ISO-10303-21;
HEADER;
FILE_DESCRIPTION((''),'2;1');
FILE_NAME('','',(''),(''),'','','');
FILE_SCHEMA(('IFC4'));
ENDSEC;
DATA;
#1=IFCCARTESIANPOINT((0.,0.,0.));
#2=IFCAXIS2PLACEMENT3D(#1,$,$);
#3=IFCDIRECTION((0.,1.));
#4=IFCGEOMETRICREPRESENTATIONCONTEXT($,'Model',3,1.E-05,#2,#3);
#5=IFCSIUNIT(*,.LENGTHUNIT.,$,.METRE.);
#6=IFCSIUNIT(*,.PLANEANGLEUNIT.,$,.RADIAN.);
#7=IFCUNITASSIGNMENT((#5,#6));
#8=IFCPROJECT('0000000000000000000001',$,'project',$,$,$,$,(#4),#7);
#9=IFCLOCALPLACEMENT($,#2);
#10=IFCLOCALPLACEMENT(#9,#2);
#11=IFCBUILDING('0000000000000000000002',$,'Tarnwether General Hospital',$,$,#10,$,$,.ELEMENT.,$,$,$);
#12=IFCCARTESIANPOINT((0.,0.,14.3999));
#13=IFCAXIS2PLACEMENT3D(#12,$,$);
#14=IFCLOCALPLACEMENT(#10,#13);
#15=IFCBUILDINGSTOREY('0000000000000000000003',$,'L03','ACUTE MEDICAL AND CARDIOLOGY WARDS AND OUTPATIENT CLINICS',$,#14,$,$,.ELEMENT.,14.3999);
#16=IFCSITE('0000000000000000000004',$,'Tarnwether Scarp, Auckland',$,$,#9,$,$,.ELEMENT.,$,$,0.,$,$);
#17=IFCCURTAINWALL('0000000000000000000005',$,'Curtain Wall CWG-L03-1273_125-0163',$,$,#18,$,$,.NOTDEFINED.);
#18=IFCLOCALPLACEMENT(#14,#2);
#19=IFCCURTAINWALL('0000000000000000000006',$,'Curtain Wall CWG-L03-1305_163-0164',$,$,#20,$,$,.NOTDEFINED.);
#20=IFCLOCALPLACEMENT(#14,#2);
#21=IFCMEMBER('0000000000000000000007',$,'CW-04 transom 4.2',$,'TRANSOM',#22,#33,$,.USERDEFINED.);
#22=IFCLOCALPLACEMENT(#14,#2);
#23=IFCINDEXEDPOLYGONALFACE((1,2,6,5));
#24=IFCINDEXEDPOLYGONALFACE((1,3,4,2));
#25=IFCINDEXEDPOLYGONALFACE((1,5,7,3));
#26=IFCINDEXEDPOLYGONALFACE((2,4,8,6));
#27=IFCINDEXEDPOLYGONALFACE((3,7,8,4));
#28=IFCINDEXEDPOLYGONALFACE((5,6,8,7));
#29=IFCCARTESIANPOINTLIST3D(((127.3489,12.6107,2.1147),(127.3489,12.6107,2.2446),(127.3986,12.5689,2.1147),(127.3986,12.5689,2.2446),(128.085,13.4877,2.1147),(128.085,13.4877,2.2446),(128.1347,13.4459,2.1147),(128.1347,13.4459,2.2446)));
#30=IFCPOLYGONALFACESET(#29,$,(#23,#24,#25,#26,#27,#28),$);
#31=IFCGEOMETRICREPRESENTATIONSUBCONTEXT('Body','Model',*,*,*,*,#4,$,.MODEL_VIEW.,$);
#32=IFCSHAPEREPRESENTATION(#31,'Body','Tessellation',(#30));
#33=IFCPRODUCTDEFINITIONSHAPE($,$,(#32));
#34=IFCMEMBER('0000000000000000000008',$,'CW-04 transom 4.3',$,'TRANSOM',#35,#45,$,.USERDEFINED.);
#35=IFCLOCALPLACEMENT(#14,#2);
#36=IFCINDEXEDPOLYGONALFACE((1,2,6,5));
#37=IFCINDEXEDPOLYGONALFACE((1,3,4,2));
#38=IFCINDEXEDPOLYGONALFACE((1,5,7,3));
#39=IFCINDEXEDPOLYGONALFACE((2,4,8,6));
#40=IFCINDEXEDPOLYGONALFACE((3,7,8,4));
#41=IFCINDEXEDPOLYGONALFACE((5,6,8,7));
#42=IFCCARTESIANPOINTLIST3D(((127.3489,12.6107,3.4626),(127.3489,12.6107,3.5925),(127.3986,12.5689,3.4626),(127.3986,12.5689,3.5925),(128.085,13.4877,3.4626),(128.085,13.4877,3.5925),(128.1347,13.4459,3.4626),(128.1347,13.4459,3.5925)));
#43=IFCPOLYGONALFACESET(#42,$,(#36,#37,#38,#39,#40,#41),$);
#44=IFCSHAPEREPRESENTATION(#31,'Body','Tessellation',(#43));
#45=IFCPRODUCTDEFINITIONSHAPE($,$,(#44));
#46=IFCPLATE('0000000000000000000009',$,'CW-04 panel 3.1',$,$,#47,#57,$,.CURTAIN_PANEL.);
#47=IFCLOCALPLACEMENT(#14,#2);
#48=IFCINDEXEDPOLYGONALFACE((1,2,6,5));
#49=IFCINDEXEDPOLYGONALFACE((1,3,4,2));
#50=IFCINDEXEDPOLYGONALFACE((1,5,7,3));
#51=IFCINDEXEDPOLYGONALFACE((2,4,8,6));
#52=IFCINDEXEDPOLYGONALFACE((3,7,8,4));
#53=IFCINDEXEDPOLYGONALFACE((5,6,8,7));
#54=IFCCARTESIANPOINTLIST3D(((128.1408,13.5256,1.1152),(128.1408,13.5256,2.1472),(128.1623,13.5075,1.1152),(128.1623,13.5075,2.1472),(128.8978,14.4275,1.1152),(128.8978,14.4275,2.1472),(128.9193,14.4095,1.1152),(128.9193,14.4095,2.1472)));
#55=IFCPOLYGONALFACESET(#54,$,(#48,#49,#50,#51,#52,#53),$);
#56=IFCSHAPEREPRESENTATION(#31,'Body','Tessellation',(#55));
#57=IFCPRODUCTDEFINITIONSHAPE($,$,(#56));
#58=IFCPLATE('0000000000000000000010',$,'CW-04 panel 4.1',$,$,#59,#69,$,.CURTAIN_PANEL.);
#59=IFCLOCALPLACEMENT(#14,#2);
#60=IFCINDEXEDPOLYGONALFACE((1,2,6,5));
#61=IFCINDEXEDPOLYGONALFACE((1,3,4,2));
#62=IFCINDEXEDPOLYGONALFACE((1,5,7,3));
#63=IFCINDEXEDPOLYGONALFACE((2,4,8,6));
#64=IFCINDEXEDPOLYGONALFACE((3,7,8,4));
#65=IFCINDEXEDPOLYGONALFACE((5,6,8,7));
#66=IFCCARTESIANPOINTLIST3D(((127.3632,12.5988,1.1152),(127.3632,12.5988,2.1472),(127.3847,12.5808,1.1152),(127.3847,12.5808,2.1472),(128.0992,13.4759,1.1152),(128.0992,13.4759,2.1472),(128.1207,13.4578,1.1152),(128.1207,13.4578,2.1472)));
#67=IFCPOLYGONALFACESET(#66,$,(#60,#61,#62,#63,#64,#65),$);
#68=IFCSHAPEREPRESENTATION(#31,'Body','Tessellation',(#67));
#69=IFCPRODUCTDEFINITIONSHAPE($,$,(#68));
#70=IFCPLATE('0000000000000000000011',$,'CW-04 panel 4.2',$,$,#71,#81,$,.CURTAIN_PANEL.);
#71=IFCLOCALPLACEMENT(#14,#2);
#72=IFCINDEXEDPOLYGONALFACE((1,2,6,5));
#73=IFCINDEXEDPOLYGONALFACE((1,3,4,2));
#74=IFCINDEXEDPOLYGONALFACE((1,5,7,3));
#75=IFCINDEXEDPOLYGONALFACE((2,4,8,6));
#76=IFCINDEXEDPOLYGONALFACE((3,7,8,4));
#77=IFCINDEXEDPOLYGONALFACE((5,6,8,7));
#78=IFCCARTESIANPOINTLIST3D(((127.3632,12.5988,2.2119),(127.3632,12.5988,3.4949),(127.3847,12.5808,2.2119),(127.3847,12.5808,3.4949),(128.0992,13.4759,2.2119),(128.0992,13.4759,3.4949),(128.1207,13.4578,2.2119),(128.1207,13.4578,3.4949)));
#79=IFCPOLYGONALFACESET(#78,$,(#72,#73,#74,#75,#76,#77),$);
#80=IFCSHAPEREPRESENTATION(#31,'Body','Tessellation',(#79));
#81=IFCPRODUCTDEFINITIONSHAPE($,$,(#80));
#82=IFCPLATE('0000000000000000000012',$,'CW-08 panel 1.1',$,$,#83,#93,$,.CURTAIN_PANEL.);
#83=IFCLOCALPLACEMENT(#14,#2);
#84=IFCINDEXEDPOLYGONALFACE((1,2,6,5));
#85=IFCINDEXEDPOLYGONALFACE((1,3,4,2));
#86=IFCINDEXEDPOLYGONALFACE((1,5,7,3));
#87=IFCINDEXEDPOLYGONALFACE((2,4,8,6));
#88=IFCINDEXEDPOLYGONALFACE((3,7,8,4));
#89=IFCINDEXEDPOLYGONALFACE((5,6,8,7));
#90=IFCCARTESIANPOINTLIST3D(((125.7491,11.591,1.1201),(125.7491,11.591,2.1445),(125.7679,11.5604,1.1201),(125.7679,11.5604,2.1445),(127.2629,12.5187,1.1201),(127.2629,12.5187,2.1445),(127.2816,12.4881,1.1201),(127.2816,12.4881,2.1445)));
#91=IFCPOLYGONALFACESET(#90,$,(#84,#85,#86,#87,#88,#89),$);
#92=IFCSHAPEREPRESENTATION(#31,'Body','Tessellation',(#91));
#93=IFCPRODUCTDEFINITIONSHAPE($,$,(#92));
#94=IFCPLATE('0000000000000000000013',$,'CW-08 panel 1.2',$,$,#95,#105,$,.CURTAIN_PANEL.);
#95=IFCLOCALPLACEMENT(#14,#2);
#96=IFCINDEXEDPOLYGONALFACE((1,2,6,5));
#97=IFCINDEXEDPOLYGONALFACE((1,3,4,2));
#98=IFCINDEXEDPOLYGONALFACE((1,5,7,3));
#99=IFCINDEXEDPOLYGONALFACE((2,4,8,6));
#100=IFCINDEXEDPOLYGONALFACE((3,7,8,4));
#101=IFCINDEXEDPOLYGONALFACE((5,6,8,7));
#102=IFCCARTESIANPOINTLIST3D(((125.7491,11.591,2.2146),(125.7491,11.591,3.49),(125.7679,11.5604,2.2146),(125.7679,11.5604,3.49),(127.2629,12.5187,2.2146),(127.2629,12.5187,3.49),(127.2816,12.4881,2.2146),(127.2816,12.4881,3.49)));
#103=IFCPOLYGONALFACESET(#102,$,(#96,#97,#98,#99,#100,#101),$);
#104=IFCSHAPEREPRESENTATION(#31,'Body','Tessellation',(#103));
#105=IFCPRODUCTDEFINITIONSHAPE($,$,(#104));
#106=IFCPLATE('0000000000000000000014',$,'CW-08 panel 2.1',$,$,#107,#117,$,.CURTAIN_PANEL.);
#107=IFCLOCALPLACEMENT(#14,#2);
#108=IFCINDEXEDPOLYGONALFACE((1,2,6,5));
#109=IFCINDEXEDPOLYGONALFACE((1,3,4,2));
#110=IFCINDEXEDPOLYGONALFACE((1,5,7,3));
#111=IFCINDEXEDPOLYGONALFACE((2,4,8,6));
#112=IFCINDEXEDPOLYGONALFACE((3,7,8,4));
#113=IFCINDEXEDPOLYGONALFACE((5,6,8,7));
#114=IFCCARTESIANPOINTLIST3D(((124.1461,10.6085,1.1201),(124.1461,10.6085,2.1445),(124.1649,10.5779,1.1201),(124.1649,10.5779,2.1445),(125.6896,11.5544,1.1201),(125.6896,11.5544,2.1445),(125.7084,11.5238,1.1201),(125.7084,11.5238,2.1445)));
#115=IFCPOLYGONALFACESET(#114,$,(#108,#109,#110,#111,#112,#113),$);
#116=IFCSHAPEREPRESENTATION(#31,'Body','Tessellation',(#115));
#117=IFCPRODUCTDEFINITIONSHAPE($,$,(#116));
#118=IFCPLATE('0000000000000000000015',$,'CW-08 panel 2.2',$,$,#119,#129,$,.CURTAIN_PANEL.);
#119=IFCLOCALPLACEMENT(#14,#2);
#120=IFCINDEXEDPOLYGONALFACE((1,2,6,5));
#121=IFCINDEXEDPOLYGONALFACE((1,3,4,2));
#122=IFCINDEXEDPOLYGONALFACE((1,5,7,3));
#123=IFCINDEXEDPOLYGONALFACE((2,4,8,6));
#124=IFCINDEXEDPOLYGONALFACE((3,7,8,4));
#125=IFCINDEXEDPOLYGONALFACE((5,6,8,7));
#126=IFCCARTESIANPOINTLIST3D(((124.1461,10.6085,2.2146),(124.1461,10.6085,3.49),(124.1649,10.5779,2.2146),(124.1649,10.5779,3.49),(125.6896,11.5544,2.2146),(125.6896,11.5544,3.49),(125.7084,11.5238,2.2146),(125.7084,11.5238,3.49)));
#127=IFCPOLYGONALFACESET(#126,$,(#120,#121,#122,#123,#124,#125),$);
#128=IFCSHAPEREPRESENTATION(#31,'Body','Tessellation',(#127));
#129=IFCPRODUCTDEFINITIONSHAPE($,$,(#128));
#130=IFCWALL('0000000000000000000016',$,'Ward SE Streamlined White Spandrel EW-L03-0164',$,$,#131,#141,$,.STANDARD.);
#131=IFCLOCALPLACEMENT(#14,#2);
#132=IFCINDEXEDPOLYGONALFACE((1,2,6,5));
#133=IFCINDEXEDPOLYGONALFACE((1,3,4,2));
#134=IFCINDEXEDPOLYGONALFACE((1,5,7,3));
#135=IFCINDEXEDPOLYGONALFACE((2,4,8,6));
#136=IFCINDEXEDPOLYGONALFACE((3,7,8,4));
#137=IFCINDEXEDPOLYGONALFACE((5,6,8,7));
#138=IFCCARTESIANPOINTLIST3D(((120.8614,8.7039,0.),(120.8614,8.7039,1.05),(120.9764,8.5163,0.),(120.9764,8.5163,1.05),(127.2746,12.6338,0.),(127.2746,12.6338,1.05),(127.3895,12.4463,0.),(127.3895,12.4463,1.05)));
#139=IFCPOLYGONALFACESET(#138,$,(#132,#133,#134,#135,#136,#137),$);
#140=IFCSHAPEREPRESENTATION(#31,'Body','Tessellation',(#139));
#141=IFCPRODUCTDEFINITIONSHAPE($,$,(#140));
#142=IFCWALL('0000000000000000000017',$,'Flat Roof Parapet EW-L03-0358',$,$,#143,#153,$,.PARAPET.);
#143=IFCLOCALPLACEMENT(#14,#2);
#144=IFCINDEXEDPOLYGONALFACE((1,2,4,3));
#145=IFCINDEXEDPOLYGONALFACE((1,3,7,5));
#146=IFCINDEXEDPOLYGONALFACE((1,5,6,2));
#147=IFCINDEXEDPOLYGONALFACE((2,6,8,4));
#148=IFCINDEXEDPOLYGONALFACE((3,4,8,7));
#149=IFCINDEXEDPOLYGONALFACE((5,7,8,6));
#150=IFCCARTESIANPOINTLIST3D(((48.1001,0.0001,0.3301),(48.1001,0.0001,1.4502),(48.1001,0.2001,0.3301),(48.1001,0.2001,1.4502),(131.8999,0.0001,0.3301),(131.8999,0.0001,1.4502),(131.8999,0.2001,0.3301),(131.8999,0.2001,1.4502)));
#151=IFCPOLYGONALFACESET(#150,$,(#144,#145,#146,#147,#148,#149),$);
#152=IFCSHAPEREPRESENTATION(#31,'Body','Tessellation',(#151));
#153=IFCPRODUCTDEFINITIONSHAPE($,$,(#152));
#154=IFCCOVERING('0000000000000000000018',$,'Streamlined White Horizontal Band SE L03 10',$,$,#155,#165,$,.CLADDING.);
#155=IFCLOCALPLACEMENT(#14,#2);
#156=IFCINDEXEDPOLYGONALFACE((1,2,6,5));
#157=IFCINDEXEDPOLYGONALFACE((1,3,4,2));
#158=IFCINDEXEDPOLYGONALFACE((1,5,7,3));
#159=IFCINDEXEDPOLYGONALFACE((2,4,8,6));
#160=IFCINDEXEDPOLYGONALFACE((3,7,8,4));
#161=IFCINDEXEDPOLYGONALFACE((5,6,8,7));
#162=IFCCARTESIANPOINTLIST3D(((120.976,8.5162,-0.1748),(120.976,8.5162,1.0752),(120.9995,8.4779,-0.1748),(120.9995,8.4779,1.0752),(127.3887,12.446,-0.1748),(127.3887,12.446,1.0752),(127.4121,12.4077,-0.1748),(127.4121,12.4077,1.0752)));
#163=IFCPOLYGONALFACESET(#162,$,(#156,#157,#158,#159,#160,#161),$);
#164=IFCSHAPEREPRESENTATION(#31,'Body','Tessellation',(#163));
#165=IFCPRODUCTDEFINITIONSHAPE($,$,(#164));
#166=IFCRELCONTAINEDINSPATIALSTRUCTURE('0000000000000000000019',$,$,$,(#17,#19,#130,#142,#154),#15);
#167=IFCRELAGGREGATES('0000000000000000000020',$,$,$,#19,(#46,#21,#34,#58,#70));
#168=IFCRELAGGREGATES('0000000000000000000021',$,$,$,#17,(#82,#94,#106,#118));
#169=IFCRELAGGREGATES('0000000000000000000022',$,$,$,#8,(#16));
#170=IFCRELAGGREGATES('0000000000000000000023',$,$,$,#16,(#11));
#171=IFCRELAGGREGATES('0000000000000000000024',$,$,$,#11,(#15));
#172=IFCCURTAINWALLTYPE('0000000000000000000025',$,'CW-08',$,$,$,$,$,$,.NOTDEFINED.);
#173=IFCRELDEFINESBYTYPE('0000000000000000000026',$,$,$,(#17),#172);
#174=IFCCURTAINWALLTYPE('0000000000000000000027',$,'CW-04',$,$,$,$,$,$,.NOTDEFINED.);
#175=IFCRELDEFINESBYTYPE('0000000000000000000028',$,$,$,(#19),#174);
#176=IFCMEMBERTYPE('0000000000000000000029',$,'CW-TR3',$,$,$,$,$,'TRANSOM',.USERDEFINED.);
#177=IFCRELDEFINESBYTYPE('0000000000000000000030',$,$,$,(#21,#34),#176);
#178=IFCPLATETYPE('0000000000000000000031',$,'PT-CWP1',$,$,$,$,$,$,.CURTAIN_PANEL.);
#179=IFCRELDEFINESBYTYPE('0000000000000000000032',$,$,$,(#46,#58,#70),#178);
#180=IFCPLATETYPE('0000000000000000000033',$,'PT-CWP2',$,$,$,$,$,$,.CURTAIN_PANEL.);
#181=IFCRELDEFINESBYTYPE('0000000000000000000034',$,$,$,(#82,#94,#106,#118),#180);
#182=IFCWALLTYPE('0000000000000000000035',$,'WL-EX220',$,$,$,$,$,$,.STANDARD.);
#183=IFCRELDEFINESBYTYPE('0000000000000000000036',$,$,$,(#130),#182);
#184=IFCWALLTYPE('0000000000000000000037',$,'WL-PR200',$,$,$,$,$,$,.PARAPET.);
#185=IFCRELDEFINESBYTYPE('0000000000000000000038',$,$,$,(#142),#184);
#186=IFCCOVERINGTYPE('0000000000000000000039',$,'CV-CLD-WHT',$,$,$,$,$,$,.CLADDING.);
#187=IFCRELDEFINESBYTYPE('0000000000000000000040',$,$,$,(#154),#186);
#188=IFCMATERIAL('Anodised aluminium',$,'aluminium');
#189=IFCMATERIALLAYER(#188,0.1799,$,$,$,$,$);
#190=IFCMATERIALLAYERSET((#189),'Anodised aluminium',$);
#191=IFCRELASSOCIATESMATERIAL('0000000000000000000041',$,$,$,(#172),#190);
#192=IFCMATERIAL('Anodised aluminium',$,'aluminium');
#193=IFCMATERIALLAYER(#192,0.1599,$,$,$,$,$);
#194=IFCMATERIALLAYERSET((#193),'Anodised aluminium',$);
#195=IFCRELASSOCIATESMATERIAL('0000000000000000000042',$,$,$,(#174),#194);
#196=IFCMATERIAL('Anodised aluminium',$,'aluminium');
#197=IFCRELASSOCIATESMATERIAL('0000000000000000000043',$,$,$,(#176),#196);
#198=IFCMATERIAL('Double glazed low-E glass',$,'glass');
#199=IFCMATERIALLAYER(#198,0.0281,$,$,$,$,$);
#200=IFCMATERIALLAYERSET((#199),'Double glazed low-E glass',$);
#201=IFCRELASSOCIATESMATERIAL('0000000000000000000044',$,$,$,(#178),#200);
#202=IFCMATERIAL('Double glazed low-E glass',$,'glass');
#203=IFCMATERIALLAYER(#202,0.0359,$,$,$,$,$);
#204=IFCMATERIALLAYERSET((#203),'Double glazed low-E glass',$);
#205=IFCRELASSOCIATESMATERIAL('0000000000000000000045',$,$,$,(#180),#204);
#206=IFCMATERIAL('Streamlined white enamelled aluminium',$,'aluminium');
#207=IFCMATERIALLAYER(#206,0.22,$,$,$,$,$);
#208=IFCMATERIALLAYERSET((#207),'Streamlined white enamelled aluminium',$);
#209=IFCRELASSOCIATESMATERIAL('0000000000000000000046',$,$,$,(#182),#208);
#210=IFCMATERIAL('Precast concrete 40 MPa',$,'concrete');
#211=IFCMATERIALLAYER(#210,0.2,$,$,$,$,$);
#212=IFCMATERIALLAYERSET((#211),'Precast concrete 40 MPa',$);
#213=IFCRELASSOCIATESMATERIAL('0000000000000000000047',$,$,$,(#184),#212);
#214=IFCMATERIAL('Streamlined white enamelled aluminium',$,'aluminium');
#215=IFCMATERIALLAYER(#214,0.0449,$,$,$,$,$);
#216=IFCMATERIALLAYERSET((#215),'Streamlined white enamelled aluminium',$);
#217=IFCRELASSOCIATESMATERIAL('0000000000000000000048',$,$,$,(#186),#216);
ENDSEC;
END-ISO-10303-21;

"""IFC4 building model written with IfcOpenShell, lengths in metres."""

from ifc_helpers import new_model, si_unit, direction, frame, frame_2d, origin, origin_2d, place, context, subcontext, project, spatial, rectangle, extrude, material, layer, layer_set, material_profile, profile_set, type_object, element, aggregate, save


model = new_model("IFC4")

# Units and contexts
model_context = context("Model", 3, precision=1e-05, world=origin(), true_north=direction((0.0, 1.0)))
body_context = subcontext(model_context, "Body", "Model", "MODEL_VIEW")
ifc_project = project(units=[si_unit("LENGTHUNIT", "METRE"), si_unit("PLANEANGLEUNIT", "RADIAN")], contexts=[model_context])

# Site, building, storey
site_placement = place(None, origin())
site = spatial("IfcSite", under=ifc_project, at=site_placement, Name="Tarnwether Scarp, Auckland", CompositionType="ELEMENT", RefElevation=0.0)
building_placement = place(site_placement, origin())
building = spatial("IfcBuilding", under=site, at=building_placement, Name="Tarnwether General Hospital", CompositionType="ELEMENT")
storey_placement = place(building_placement, frame((0.0, 0.0, 14.3999)))
storey = spatial("IfcBuildingStorey", under=building, at=storey_placement, Name="L03", Description="ACUTE MEDICAL AND CARDIOLOGY WARDS AND OUTPATIENT CLINICS", CompositionType="ELEMENT", Elevation=14.3999)

# Curtain walls
ifc_material_1 = material(Name="Anodised aluminium", Category="aluminium")
ifc_layer_1 = layer(ifc_material_1, 0.1799)
ifc_layer_set_1 = layer_set([ifc_layer_1], Name="Anodised aluminium")
curtain_wall_type_1 = type_object("IfcCurtainWallType", Name="CW-08", PredefinedType="NOTDEFINED", material=ifc_layer_set_1)
curtain_wall_1_placement = place(storey_placement, origin())
curtain_wall_1 = element("IfcCurtainWall", 1, at=curtain_wall_1_placement, inside=storey, type_object=curtain_wall_type_1, Name="Curtain Wall CWG-L03-1273_125-0163", PredefinedType="NOTDEFINED")
ifc_material_2 = material(Name="Anodised aluminium", Category="aluminium")
ifc_layer_2 = layer(ifc_material_2, 0.1599)
ifc_layer_set_2 = layer_set([ifc_layer_2], Name="Anodised aluminium")
curtain_wall_type_2 = type_object("IfcCurtainWallType", Name="CW-04", PredefinedType="NOTDEFINED", material=ifc_layer_set_2)
curtain_wall_2_placement = place(storey_placement, origin())
curtain_wall_2 = element("IfcCurtainWall", 2, at=curtain_wall_2_placement, inside=storey, type_object=curtain_wall_type_2, Name="Curtain Wall CWG-L03-1305_163-0164", PredefinedType="NOTDEFINED")

# Members
ifc_material_3 = material(Name="Anodised aluminium", Category="aluminium")
ifc_material_profile_1 = material_profile(ifc_material_3, rectangle(XDim=0.0649, YDim=0.1299, at=origin_2d()), Name="ALU-TRN-65x130")
ifc_profile_set_1 = profile_set([ifc_material_profile_1], Name="Anodised aluminium")
member_type_1 = type_object("IfcMemberType", Name="CW-TR3", ElementType="TRANSOM", PredefinedType="USERDEFINED", material=ifc_profile_set_1)
member_1_placement = place(storey_placement, frame((128.1099, 13.4668, 2.1797), z_axis=(-0.642907, -0.765944, 0.0), x_axis=(0.765944, -0.642907, 0.0)))
member_1 = element("IfcMember", 3, at=member_1_placement, type_object=member_type_1, Name="CW-04 transom 4.2", ObjectType="TRANSOM", PredefinedType="USERDEFINED", context=body_context, shape_type="SweptSolid", body=[
    extrude(rectangle(XDim=0.0649, YDim=0.1299, at=origin_2d()), origin(), (0.0, 0.0, 1.0), 1.145),
])
member_2_placement = place(storey_placement, frame((128.1099, 13.4668, 3.5276), z_axis=(-0.642907, -0.765944, 0.0), x_axis=(0.765944, -0.642907, 0.0)))
member_2 = element("IfcMember", 4, at=member_2_placement, type_object=member_type_1, Name="CW-04 transom 4.3", ObjectType="TRANSOM", PredefinedType="USERDEFINED", context=body_context, shape_type="SweptSolid", body=[
    extrude(rectangle(XDim=0.0649, YDim=0.1299, at=origin_2d()), origin(), (0.0, 0.0, 1.0), 1.145),
])

# Plates
ifc_material_4 = material(Name="Double glazed low-E glass", Category="glass")
ifc_layer_3 = layer(ifc_material_4, 0.0281)
ifc_layer_set_3 = layer_set([ifc_layer_3], Name="Double glazed low-E glass")
plate_type_1 = type_object("IfcPlateType", Name="PT-CWP1", PredefinedType="CURTAIN_PANEL", material=ifc_layer_set_3)
plate_1_placement = place(storey_placement, frame((128.53, 13.9675, 1.1152), z_axis=(0.0, 0.0, 1.0), x_axis=(-0.642852, -0.76599, 0.0)))
plate_1 = element("IfcPlate", 5, at=plate_1_placement, type_object=plate_type_1, Name="CW-04 panel 3.1", PredefinedType="CURTAIN_PANEL", context=body_context, shape_type="SweptSolid", body=[
    extrude(rectangle(XDim=1.1775, YDim=0.0281, at=origin_2d()), origin(), (0.0, 0.0, 1.0), 1.032),
])
plate_2_placement = place(storey_placement, frame((127.7419, 13.0283, 1.1152), z_axis=(0.0, 0.0, 1.0), x_axis=(-0.642852, -0.76599, 0.0)))
plate_2 = element("IfcPlate", 6, at=plate_2_placement, type_object=plate_type_1, Name="CW-04 panel 4.1", PredefinedType="CURTAIN_PANEL", context=body_context, shape_type="SweptSolid", body=[
    extrude(rectangle(XDim=1.145, YDim=0.0281, at=origin_2d()), origin(), (0.0, 0.0, 1.0), 1.032),
])
plate_3_placement = place(storey_placement, frame((127.7419, 13.0283, 2.2119), z_axis=(0.0, 0.0, 1.0), x_axis=(-0.642852, -0.76599, 0.0)))
plate_3 = element("IfcPlate", 7, at=plate_3_placement, type_object=plate_type_1, Name="CW-04 panel 4.2", PredefinedType="CURTAIN_PANEL", context=body_context, shape_type="SweptSolid", body=[
    extrude(rectangle(XDim=1.145, YDim=0.0281, at=origin_2d()), origin(), (0.0, 0.0, 1.0), 1.283),
])
aggregate(curtain_wall_2, [plate_1, member_1, member_2, plate_2, plate_3])
ifc_material_5 = material(Name="Double glazed low-E glass", Category="glass")
ifc_layer_4 = layer(ifc_material_5, 0.0359)
ifc_layer_set_4 = layer_set([ifc_layer_4], Name="Double glazed low-E glass")
plate_type_2 = type_object("IfcPlateType", Name="PT-CWP2", PredefinedType="CURTAIN_PANEL", material=ifc_layer_set_4)
plate_4_placement = place(storey_placement, frame((126.5154, 12.0396, 1.1201), z_axis=(0.0, 0.0, 1.0), x_axis=(-0.852634, -0.522509, 0.0)))
plate_4 = element("IfcPlate", 8, at=plate_4_placement, type_object=plate_type_2, Name="CW-08 panel 1.1", PredefinedType="CURTAIN_PANEL", context=body_context, shape_type="SweptSolid", body=[
    extrude(rectangle(XDim=1.7754, YDim=0.0359, at=origin_2d()), origin(), (0.0, 0.0, 1.0), 1.0244),
])
plate_5_placement = place(storey_placement, frame((126.5154, 12.0396, 2.2146), z_axis=(0.0, 0.0, 1.0), x_axis=(-0.852634, -0.522509, 0.0)))
plate_5 = element("IfcPlate", 9, at=plate_5_placement, type_object=plate_type_2, Name="CW-08 panel 1.2", PredefinedType="CURTAIN_PANEL", context=body_context, shape_type="SweptSolid", body=[
    extrude(rectangle(XDim=1.7754, YDim=0.0359, at=origin_2d()), origin(), (0.0, 0.0, 1.0), 1.2754),
])
plate_6_placement = place(storey_placement, frame((124.9272, 11.0662, 1.1201), z_axis=(0.0, 0.0, 1.0), x_axis=(-0.852634, -0.522509, 0.0)))
plate_6 = element("IfcPlate", 10, at=plate_6_placement, type_object=plate_type_2, Name="CW-08 panel 2.1", PredefinedType="CURTAIN_PANEL", context=body_context, shape_type="SweptSolid", body=[
    extrude(rectangle(XDim=1.8103, YDim=0.0359, at=origin_2d()), origin(), (0.0, 0.0, 1.0), 1.0244),
])
plate_7_placement = place(storey_placement, frame((124.9272, 11.0662, 2.2146), z_axis=(0.0, 0.0, 1.0), x_axis=(-0.852634, -0.522509, 0.0)))
plate_7 = element("IfcPlate", 11, at=plate_7_placement, type_object=plate_type_2, Name="CW-08 panel 2.2", PredefinedType="CURTAIN_PANEL", context=body_context, shape_type="SweptSolid", body=[
    extrude(rectangle(XDim=1.8103, YDim=0.0359, at=origin_2d()), origin(), (0.0, 0.0, 1.0), 1.2754),
])
aggregate(curtain_wall_1, [plate_4, plate_5, plate_6, plate_7])

# Walls
ifc_material_6 = material(Name="Streamlined white enamelled aluminium", Category="aluminium")
ifc_layer_5 = layer(ifc_material_6, 0.22)
ifc_layer_set_5 = layer_set([ifc_layer_5], Name="Streamlined white enamelled aluminium")
wall_type_1 = type_object("IfcWallType", Name="WL-EX220", PredefinedType="STANDARD", material=ifc_layer_set_5)
wall_1_placement = place(storey_placement, frame((127.332, 12.54, 0.0), z_axis=(0.0, 0.0, 1.0), x_axis=(-0.852641, -0.522497, 0.0)))
element("IfcWall", 12, at=wall_1_placement, inside=storey, type_object=wall_type_1, Name="Ward SE Streamlined White Spandrel EW-L03-0164", PredefinedType="STANDARD", context=body_context, shape_type="SweptSolid", body=[
    extrude(rectangle(XDim=7.5215, YDim=0.22, at=frame_2d((3.7607, 0.0))), origin(), (0.0, 0.0, 1.0), 1.05),
])
ifc_material_7 = material(Name="Precast concrete 40 MPa", Category="concrete")
ifc_layer_6 = layer(ifc_material_7, 0.2)
ifc_layer_set_6 = layer_set([ifc_layer_6], Name="Precast concrete 40 MPa")
wall_type_2 = type_object("IfcWallType", Name="WL-PR200", PredefinedType="PARAPET", material=ifc_layer_set_6)
wall_2_placement = place(storey_placement, frame((131.8999, 0.1001, 0.3301), z_axis=(0.0, 0.0, 1.0), x_axis=(-1.0, 0.0, 0.0)))
element("IfcWall", 13, at=wall_2_placement, inside=storey, type_object=wall_type_2, Name="Flat Roof Parapet EW-L03-0358", PredefinedType="PARAPET", context=body_context, shape_type="SweptSolid", body=[
    extrude(rectangle(XDim=83.7998, YDim=0.2, at=frame_2d((41.8999, 0.0))), origin(), (0.0, 0.0, 1.0), 1.1201),
])

# Covering
ifc_material_8 = material(Name="Streamlined white enamelled aluminium", Category="aluminium")
ifc_layer_7 = layer(ifc_material_8, 0.0449)
ifc_layer_set_7 = layer_set([ifc_layer_7], Name="Streamlined white enamelled aluminium")
covering_type = type_object("IfcCoveringType", Name="CV-CLD-WHT", PredefinedType="CLADDING", material=ifc_layer_set_7)
covering_placement = place(storey_placement, frame((124.1941, 10.4619, -0.1748), z_axis=(0.0, 0.0, 1.0), x_axis=(-0.852631, -0.522513, 0.0)))
element("IfcCovering", 14, at=covering_placement, inside=storey, type_object=covering_type, Name="Streamlined White Horizontal Band SE L03 10", PredefinedType="CLADDING", context=body_context, shape_type="SweptSolid", body=[
    extrude(rectangle(XDim=7.521, YDim=0.0449, at=origin_2d()), origin(), (0.0, 0.0, 1.0), 1.25),
])

save(model, "model.ifc")
